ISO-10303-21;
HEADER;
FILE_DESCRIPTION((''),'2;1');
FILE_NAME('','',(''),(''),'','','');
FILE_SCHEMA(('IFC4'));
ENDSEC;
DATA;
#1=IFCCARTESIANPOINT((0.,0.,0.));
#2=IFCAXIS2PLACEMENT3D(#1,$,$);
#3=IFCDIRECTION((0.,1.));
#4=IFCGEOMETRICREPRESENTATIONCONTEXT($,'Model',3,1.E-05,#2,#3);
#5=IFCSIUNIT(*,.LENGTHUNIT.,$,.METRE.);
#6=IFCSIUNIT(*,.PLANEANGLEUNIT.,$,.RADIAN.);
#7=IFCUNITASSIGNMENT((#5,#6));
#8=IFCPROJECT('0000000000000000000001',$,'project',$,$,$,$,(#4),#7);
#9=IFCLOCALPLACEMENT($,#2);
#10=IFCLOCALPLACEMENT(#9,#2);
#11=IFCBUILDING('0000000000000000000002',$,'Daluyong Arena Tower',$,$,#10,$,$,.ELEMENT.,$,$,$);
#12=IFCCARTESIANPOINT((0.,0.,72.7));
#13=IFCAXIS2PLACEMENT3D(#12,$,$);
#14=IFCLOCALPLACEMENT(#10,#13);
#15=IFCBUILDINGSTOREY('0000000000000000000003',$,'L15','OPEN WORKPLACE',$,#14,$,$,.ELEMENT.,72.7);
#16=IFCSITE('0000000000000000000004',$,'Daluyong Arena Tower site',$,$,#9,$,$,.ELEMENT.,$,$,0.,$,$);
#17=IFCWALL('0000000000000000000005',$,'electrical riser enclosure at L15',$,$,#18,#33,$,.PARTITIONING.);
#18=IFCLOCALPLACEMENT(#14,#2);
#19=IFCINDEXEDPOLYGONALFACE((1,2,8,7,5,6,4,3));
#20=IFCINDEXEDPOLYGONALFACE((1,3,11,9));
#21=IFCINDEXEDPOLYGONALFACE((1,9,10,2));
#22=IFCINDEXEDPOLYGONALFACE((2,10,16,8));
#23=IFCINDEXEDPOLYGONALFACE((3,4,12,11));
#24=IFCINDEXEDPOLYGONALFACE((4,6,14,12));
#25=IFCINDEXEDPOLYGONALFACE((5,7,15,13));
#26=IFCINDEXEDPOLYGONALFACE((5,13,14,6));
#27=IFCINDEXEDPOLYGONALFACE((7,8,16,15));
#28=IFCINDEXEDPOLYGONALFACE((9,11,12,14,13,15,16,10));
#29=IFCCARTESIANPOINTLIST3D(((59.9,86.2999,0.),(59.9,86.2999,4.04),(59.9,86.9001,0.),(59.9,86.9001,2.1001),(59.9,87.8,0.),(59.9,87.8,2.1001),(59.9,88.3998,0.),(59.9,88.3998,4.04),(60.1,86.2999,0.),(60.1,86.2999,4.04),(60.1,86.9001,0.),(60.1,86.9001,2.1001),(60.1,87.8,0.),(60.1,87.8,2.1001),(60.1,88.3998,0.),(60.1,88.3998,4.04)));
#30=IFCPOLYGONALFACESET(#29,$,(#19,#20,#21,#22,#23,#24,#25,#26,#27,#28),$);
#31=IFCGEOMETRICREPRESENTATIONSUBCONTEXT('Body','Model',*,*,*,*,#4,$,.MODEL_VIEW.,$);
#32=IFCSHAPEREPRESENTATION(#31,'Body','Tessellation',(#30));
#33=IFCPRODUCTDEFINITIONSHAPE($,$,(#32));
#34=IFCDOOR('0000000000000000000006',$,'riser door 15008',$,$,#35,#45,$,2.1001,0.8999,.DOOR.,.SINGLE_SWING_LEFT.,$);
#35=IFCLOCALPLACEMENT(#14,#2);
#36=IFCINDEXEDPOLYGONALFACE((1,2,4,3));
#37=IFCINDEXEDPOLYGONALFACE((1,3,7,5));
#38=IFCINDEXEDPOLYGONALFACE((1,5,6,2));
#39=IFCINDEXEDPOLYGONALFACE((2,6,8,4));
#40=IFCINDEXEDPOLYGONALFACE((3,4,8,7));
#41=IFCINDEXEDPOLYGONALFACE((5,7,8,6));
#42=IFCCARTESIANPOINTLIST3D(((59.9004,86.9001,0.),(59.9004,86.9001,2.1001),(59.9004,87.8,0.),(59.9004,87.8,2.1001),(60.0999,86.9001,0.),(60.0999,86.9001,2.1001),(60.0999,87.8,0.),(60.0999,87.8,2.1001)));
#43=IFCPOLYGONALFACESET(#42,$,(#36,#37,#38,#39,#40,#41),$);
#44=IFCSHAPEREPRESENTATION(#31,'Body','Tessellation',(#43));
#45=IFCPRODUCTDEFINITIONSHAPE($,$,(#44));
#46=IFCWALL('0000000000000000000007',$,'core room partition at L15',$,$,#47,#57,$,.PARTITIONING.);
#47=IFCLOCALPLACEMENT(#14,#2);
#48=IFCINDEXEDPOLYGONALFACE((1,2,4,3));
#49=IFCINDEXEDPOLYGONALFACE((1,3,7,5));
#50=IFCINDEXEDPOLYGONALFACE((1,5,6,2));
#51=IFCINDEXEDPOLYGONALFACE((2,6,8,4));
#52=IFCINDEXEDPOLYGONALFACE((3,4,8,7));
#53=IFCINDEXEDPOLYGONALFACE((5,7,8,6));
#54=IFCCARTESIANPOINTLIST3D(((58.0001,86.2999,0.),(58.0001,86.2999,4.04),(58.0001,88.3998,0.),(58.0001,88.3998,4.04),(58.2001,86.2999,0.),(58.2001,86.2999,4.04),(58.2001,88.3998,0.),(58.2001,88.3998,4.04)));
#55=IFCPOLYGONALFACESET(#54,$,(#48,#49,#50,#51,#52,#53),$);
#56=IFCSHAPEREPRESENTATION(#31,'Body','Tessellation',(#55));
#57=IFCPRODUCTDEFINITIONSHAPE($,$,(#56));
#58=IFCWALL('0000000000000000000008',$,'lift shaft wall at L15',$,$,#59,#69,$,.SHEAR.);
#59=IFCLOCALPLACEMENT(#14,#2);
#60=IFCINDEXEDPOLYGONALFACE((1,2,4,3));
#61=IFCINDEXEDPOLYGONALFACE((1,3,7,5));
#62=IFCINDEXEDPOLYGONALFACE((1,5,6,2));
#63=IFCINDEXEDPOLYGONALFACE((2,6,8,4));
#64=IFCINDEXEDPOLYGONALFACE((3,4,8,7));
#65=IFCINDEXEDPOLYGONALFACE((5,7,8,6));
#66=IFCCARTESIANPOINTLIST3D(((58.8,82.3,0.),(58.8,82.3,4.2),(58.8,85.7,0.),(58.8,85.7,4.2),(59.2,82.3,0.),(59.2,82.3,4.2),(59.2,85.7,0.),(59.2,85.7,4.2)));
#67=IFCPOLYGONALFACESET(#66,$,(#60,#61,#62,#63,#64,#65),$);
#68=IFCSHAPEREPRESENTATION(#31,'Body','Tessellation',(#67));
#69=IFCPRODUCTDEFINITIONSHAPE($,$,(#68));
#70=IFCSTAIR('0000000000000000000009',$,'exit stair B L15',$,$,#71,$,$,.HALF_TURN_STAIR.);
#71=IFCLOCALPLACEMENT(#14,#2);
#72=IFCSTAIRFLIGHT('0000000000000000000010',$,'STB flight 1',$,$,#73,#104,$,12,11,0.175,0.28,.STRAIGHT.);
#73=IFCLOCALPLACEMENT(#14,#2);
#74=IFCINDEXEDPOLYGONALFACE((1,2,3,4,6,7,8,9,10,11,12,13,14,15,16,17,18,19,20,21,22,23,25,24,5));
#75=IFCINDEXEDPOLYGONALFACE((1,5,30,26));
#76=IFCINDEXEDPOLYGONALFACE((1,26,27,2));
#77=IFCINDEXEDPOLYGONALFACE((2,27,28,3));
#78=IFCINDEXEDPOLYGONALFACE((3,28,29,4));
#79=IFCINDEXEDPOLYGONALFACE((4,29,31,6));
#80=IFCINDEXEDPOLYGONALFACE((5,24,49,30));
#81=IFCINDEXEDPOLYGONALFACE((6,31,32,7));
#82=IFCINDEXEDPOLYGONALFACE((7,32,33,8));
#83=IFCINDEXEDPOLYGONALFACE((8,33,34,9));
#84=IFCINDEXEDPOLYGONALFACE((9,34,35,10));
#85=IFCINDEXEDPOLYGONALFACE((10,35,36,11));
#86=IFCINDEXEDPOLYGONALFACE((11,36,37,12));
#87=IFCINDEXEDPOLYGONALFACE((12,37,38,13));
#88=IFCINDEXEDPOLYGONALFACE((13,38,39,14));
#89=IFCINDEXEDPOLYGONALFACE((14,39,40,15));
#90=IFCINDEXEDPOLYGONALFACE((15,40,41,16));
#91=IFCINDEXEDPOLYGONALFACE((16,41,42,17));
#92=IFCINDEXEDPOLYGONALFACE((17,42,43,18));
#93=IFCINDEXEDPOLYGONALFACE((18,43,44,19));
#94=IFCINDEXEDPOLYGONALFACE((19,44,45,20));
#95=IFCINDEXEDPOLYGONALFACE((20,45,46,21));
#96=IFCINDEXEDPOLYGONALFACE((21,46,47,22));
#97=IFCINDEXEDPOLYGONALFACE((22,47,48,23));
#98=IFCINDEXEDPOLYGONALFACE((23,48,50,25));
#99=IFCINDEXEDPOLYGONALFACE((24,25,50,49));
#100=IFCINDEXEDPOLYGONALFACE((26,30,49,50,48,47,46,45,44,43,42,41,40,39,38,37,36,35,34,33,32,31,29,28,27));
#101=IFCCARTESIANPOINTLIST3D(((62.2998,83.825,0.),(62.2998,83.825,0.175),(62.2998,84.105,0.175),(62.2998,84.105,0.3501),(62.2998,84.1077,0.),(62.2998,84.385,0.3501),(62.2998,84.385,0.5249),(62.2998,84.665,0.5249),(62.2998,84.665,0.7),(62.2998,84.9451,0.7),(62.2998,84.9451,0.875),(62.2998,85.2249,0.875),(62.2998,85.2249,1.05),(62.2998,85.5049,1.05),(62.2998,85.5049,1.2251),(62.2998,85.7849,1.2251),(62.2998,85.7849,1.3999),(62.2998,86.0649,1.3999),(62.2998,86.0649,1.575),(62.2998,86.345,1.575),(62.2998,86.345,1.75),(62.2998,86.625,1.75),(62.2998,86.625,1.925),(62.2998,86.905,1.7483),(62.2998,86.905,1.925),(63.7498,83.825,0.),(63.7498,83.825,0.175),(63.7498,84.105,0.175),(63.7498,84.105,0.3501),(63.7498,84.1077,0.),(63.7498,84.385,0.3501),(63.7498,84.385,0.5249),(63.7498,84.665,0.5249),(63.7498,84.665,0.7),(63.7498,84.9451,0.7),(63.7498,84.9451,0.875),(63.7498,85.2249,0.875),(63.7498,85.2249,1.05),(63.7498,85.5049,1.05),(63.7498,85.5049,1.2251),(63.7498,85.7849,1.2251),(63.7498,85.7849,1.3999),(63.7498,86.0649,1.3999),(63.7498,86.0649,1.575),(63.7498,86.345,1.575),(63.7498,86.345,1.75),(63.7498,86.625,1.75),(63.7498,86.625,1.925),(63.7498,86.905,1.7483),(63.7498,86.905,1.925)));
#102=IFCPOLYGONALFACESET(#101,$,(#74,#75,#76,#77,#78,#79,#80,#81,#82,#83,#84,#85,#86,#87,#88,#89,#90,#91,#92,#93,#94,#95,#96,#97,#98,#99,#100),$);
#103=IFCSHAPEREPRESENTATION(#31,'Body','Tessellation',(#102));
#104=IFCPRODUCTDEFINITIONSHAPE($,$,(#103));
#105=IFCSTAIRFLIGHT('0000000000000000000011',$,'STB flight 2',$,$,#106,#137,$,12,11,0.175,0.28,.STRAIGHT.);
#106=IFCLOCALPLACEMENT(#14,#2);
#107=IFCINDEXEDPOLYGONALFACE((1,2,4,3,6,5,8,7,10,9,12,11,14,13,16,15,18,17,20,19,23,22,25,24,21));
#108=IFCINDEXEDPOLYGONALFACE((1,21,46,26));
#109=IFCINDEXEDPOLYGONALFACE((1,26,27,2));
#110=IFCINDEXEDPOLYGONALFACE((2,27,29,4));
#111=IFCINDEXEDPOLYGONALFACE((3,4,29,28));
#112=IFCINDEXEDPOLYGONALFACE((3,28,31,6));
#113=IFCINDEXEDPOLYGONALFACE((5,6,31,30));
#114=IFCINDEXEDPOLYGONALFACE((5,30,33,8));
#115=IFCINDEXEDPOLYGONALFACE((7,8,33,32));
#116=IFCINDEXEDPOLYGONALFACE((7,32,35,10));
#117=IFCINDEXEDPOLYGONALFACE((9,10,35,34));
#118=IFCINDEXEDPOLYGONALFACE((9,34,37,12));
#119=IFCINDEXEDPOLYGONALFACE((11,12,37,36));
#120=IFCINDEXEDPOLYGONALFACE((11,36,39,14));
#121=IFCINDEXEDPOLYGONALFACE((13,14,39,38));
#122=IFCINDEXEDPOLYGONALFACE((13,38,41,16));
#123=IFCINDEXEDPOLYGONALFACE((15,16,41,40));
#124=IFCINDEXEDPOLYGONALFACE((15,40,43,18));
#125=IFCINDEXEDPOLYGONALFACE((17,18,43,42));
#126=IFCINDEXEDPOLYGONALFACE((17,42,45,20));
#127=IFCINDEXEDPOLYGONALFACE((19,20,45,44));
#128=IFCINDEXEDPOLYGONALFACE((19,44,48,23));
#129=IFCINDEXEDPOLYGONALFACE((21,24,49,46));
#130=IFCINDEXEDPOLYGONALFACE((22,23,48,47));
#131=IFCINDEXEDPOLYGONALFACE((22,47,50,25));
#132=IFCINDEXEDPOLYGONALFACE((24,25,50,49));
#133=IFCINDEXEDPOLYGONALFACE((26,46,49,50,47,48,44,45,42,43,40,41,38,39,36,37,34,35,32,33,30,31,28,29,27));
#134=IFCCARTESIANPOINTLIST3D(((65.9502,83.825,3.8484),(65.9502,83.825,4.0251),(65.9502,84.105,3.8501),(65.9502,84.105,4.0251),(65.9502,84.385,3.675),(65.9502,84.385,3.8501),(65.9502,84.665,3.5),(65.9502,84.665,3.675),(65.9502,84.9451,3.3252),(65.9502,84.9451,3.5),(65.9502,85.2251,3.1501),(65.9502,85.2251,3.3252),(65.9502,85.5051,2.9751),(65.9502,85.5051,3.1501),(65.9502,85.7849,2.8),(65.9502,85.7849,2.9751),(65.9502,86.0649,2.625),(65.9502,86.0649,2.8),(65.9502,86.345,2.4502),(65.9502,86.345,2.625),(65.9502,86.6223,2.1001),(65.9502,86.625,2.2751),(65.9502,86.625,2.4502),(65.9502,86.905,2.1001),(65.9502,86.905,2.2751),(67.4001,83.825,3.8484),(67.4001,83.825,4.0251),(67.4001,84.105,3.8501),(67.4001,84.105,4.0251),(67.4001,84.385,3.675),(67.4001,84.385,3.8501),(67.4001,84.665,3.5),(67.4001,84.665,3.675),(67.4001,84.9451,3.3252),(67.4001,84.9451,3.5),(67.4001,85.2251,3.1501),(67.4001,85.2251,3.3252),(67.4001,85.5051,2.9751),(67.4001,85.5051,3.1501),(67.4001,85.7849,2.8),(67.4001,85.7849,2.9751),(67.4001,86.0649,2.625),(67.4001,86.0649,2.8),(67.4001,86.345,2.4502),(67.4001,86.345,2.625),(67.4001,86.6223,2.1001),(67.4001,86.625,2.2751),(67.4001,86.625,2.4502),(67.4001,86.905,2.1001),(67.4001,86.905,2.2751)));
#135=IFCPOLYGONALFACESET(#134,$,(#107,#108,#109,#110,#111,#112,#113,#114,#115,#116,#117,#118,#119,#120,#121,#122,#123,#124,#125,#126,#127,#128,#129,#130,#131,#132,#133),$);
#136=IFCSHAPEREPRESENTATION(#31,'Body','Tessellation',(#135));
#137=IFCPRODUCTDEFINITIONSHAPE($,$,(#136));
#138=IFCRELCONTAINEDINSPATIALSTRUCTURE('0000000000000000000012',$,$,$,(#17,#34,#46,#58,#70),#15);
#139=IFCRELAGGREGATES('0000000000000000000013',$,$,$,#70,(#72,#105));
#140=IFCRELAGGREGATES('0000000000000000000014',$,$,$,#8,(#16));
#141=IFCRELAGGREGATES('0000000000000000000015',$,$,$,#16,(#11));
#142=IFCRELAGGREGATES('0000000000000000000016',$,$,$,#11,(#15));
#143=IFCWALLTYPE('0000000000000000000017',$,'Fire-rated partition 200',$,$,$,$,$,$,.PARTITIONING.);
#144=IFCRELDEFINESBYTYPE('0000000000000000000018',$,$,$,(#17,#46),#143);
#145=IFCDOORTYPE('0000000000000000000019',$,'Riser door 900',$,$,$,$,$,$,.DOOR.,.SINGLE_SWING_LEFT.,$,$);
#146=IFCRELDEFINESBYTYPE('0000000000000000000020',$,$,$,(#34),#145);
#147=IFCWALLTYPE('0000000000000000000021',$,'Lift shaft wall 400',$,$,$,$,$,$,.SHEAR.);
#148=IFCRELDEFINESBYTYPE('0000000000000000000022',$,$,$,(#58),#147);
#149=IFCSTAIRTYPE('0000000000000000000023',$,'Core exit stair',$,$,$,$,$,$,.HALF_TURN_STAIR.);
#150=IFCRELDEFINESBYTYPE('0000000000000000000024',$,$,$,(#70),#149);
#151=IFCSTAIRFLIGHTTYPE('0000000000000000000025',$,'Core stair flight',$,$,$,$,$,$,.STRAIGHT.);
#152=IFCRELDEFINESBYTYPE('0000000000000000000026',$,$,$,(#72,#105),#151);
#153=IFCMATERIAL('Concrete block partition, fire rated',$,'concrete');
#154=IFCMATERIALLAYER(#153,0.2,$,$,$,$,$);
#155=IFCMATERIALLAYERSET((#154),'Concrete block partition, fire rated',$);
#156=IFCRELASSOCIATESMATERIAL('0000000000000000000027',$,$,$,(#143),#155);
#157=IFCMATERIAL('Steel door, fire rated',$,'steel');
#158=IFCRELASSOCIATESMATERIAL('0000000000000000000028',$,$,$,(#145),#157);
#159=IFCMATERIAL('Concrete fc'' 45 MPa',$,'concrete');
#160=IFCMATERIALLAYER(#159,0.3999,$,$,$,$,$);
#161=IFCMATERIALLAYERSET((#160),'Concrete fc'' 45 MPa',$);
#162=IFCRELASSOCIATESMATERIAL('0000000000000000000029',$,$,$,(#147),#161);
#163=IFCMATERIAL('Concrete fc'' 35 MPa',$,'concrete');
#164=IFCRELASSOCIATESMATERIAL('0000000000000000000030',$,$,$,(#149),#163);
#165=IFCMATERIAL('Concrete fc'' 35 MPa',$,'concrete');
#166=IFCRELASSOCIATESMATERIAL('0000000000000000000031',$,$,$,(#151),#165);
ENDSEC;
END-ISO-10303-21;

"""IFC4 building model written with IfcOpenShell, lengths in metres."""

from ifc_helpers import new_model, si_unit, direction, frame, frame_2d, origin, place, context, subcontext, project, spatial, polyline, rectangle, outline, extrude, material, layer, layer_set, type_object, element, fill, aggregate, save


model = new_model("IFC4")

# Units and contexts
model_context = context("Model", 3, precision=1e-05, world=origin(), true_north=direction((0.0, 1.0)))
body_context = subcontext(model_context, "Body", "Model", "MODEL_VIEW")
ifc_project = project(units=[si_unit("LENGTHUNIT", "METRE"), si_unit("PLANEANGLEUNIT", "RADIAN")], contexts=[model_context])

# Site, building, storey
site_placement = place(None, origin())
site = spatial("IfcSite", under=ifc_project, at=site_placement, Name="Daluyong Arena Tower site", CompositionType="ELEMENT", RefElevation=0.0)
building_placement = place(site_placement, origin())
building = spatial("IfcBuilding", under=site, at=building_placement, Name="Daluyong Arena Tower", CompositionType="ELEMENT")
storey_placement = place(building_placement, frame((0.0, 0.0, 72.7)))
storey = spatial("IfcBuildingStorey", under=building, at=storey_placement, Name="L15", Description="OPEN WORKPLACE", CompositionType="ELEMENT", Elevation=72.7)

# Wall, opening, door
ifc_material_1 = material(Name="Concrete block partition, fire rated", Category="concrete")
ifc_layer_1 = layer(ifc_material_1, 0.2)
ifc_layer_set_1 = layer_set([ifc_layer_1], Name="Concrete block partition, fire rated")
wall_type_1 = type_object("IfcWallType", Name="Fire-rated partition 200", PredefinedType="PARTITIONING", material=ifc_layer_set_1)
wall_1_placement = place(storey_placement, frame((60.0, 86.3, 0.0), z_axis=(0.0, 0.0, 1.0), x_axis=(0.0, 1.0, 0.0)))
wall_1 = element("IfcWall", 1, at=wall_1_placement, inside=storey, type_object=wall_type_1, Name="electrical riser enclosure at L15", PredefinedType="PARTITIONING", context=body_context, shape_type="SweptSolid", body=[
    extrude(rectangle(XDim=2.0999, YDim=0.2, at=frame_2d((1.0498, 0.0))), origin(), (0.0, 0.0, 1.0), 4.04),
])
opening_1_placement = place(wall_1_placement, frame((0.6001, 0.0, 0.0)))
opening_1 = element("IfcOpeningElement", 2, at=opening_1_placement, cuts=wall_1, PredefinedType="OPENING", context=body_context, shape_type="SweptSolid", body=[
    extrude(rectangle(XDim=0.8999, YDim=2.1001, at=frame_2d((0.45, 1.05))), frame((0.0, 0.1099, 0.0), z_axis=(0.0, -1.0, 0.0), x_axis=(1.0, 0.0, 0.0)), (0.0, 0.0, 1.0), 0.22),
])
ifc_material_2 = material(Name="Steel door, fire rated", Category="steel")
door_type_1 = type_object("IfcDoorType", Name="Riser door 900", OperationType="SINGLE_SWING_LEFT", PredefinedType="DOOR", material=ifc_material_2)
door_1_placement = place(opening_1_placement, origin())
door_1 = element("IfcDoor", 3, at=door_1_placement, inside=storey, type_object=door_type_1, Name="riser door 15008", OperationType="SINGLE_SWING_LEFT", OverallHeight=2.1001, OverallWidth=0.8999, PredefinedType="DOOR", context=body_context, shape_type="SweptSolid", body=[
    extrude(rectangle(XDim=0.8999, YDim=2.1001, at=frame_2d((0.45, 1.05))), frame((0.0, 0.0996, 0.0), z_axis=(0.0, -1.0, 0.0), x_axis=(1.0, 0.0, 0.0)), (0.0, 0.0, 1.0), 0.1995),
])
fill(opening_1, door_1)

# Walls
wall_2_placement = place(storey_placement, frame((58.1001, 86.3, 0.0), z_axis=(0.0, 0.0, 1.0), x_axis=(0.0, 1.0, 0.0)))
element("IfcWall", 4, at=wall_2_placement, inside=storey, type_object=wall_type_1, Name="core room partition at L15", PredefinedType="PARTITIONING", context=body_context, shape_type="SweptSolid", body=[
    extrude(rectangle(XDim=2.0999, YDim=0.2, at=frame_2d((1.0498, 0.0))), origin(), (0.0, 0.0, 1.0), 4.04),
])
ifc_material_3 = material(Name="Concrete fc' 45 MPa", Category="concrete")
ifc_layer_2 = layer(ifc_material_3, 0.3999)
ifc_layer_set_2 = layer_set([ifc_layer_2], Name="Concrete fc' 45 MPa")
wall_type_2 = type_object("IfcWallType", Name="Lift shaft wall 400", PredefinedType="SHEAR", material=ifc_layer_set_2)
wall_3_placement = place(storey_placement, frame((59.0, 82.3, 0.0), z_axis=(0.0, 0.0, 1.0), x_axis=(0.0, 1.0, 0.0)))
element("IfcWall", 5, at=wall_3_placement, inside=storey, type_object=wall_type_2, Name="lift shaft wall at L15", PredefinedType="SHEAR", context=body_context, shape_type="SweptSolid", body=[
    extrude(rectangle(XDim=3.3999, YDim=0.3999, at=frame_2d((1.7, 0.0))), origin(), (0.0, 0.0, 1.0), 4.2),
])

# Stair, stair flights
ifc_material_4 = material(Name="Concrete fc' 35 MPa", Category="concrete")
stair_type = type_object("IfcStairType", Name="Core exit stair", PredefinedType="HALF_TURN_STAIR", material=ifc_material_4)
stair_placement = place(storey_placement, origin())
stair = element("IfcStair", 6, at=stair_placement, inside=storey, type_object=stair_type, Name="exit stair B L15", PredefinedType="HALF_TURN_STAIR")
ifc_material_5 = material(Name="Concrete fc' 35 MPa", Category="concrete")
stair_flight_type = type_object("IfcStairFlightType", Name="Core stair flight", PredefinedType="STRAIGHT", material=ifc_material_5)
stair_flight_1_placement = place(storey_placement, frame((63.0249, 83.825, 0.0), z_axis=(0.0, 0.0, 1.0), x_axis=(0.0, 1.0, 0.0)))
stair_flight_1 = element("IfcStairFlight", 7, at=stair_flight_1_placement, type_object=stair_flight_type, Name="STB flight 1", NumberOfRisers=12, NumberOfTreads=11, PredefinedType="STRAIGHT", RiserHeight=0.175, TreadLength=0.28, context=body_context, shape_type="SweptSolid", body=[
    extrude(outline(polyline([(0.0, 0.0), (0.0, 0.175), (0.28, 0.175), (0.28, 0.3501), (0.5601, 0.3501), (0.5601, 0.5249), (0.8401, 0.5249), (0.8401, 0.7), (1.1201, 0.7), (1.1201, 0.875), (1.3999, 0.875), (1.3999, 1.05), (1.6799, 1.05), (1.6799, 1.2251), (1.96, 1.2251), (1.96, 1.3999), (2.24, 1.3999), (2.24, 1.575), (2.52, 1.575), (2.52, 1.75), (2.8, 1.75), (2.8, 1.925), (3.0801, 1.925), (3.0801, 2.1001), (3.0801, 1.7483), (0.2827, 0.0), (0.0, 0.0)])), frame((0.0, 0.7251, 0.0), z_axis=(0.0, -1.0, 0.0), x_axis=(1.0, 0.0, 0.0)), (0.0, 0.0, 1.0), 1.45),
])
stair_flight_2_placement = place(storey_placement, frame((66.675, 86.905, 2.1001), z_axis=(0.0, 0.0, 1.0), x_axis=(0.0, -1.0, 0.0)))
stair_flight_2 = element("IfcStairFlight", 8, at=stair_flight_2_placement, type_object=stair_flight_type, Name="STB flight 2", NumberOfRisers=12, NumberOfTreads=11, PredefinedType="STRAIGHT", RiserHeight=0.175, TreadLength=0.28, context=body_context, shape_type="SweptSolid", body=[
    extrude(outline(polyline([(0.0, 0.0), (0.0, 0.175), (0.28, 0.175), (0.28, 0.3501), (0.5601, 0.3501), (0.5601, 0.5249), (0.8401, 0.5249), (0.8401, 0.7), (1.1201, 0.7), (1.1201, 0.875), (1.3999, 0.875), (1.3999, 1.05), (1.6799, 1.05), (1.6799, 1.2251), (1.96, 1.2251), (1.96, 1.3999), (2.24, 1.3999), (2.24, 1.575), (2.52, 1.575), (2.52, 1.75), (2.8, 1.75), (2.8, 1.925), (3.0801, 1.925), (3.0801, 2.1001), (3.0801, 1.7483), (0.2827, 0.0), (0.0, 0.0)])), frame((0.0, 0.7251, 0.0), z_axis=(0.0, -1.0, 0.0), x_axis=(1.0, 0.0, 0.0)), (0.0, 0.0, 1.0), 1.45),
])
aggregate(stair, [stair_flight_1, stair_flight_2])

save(model, "model.ifc")
